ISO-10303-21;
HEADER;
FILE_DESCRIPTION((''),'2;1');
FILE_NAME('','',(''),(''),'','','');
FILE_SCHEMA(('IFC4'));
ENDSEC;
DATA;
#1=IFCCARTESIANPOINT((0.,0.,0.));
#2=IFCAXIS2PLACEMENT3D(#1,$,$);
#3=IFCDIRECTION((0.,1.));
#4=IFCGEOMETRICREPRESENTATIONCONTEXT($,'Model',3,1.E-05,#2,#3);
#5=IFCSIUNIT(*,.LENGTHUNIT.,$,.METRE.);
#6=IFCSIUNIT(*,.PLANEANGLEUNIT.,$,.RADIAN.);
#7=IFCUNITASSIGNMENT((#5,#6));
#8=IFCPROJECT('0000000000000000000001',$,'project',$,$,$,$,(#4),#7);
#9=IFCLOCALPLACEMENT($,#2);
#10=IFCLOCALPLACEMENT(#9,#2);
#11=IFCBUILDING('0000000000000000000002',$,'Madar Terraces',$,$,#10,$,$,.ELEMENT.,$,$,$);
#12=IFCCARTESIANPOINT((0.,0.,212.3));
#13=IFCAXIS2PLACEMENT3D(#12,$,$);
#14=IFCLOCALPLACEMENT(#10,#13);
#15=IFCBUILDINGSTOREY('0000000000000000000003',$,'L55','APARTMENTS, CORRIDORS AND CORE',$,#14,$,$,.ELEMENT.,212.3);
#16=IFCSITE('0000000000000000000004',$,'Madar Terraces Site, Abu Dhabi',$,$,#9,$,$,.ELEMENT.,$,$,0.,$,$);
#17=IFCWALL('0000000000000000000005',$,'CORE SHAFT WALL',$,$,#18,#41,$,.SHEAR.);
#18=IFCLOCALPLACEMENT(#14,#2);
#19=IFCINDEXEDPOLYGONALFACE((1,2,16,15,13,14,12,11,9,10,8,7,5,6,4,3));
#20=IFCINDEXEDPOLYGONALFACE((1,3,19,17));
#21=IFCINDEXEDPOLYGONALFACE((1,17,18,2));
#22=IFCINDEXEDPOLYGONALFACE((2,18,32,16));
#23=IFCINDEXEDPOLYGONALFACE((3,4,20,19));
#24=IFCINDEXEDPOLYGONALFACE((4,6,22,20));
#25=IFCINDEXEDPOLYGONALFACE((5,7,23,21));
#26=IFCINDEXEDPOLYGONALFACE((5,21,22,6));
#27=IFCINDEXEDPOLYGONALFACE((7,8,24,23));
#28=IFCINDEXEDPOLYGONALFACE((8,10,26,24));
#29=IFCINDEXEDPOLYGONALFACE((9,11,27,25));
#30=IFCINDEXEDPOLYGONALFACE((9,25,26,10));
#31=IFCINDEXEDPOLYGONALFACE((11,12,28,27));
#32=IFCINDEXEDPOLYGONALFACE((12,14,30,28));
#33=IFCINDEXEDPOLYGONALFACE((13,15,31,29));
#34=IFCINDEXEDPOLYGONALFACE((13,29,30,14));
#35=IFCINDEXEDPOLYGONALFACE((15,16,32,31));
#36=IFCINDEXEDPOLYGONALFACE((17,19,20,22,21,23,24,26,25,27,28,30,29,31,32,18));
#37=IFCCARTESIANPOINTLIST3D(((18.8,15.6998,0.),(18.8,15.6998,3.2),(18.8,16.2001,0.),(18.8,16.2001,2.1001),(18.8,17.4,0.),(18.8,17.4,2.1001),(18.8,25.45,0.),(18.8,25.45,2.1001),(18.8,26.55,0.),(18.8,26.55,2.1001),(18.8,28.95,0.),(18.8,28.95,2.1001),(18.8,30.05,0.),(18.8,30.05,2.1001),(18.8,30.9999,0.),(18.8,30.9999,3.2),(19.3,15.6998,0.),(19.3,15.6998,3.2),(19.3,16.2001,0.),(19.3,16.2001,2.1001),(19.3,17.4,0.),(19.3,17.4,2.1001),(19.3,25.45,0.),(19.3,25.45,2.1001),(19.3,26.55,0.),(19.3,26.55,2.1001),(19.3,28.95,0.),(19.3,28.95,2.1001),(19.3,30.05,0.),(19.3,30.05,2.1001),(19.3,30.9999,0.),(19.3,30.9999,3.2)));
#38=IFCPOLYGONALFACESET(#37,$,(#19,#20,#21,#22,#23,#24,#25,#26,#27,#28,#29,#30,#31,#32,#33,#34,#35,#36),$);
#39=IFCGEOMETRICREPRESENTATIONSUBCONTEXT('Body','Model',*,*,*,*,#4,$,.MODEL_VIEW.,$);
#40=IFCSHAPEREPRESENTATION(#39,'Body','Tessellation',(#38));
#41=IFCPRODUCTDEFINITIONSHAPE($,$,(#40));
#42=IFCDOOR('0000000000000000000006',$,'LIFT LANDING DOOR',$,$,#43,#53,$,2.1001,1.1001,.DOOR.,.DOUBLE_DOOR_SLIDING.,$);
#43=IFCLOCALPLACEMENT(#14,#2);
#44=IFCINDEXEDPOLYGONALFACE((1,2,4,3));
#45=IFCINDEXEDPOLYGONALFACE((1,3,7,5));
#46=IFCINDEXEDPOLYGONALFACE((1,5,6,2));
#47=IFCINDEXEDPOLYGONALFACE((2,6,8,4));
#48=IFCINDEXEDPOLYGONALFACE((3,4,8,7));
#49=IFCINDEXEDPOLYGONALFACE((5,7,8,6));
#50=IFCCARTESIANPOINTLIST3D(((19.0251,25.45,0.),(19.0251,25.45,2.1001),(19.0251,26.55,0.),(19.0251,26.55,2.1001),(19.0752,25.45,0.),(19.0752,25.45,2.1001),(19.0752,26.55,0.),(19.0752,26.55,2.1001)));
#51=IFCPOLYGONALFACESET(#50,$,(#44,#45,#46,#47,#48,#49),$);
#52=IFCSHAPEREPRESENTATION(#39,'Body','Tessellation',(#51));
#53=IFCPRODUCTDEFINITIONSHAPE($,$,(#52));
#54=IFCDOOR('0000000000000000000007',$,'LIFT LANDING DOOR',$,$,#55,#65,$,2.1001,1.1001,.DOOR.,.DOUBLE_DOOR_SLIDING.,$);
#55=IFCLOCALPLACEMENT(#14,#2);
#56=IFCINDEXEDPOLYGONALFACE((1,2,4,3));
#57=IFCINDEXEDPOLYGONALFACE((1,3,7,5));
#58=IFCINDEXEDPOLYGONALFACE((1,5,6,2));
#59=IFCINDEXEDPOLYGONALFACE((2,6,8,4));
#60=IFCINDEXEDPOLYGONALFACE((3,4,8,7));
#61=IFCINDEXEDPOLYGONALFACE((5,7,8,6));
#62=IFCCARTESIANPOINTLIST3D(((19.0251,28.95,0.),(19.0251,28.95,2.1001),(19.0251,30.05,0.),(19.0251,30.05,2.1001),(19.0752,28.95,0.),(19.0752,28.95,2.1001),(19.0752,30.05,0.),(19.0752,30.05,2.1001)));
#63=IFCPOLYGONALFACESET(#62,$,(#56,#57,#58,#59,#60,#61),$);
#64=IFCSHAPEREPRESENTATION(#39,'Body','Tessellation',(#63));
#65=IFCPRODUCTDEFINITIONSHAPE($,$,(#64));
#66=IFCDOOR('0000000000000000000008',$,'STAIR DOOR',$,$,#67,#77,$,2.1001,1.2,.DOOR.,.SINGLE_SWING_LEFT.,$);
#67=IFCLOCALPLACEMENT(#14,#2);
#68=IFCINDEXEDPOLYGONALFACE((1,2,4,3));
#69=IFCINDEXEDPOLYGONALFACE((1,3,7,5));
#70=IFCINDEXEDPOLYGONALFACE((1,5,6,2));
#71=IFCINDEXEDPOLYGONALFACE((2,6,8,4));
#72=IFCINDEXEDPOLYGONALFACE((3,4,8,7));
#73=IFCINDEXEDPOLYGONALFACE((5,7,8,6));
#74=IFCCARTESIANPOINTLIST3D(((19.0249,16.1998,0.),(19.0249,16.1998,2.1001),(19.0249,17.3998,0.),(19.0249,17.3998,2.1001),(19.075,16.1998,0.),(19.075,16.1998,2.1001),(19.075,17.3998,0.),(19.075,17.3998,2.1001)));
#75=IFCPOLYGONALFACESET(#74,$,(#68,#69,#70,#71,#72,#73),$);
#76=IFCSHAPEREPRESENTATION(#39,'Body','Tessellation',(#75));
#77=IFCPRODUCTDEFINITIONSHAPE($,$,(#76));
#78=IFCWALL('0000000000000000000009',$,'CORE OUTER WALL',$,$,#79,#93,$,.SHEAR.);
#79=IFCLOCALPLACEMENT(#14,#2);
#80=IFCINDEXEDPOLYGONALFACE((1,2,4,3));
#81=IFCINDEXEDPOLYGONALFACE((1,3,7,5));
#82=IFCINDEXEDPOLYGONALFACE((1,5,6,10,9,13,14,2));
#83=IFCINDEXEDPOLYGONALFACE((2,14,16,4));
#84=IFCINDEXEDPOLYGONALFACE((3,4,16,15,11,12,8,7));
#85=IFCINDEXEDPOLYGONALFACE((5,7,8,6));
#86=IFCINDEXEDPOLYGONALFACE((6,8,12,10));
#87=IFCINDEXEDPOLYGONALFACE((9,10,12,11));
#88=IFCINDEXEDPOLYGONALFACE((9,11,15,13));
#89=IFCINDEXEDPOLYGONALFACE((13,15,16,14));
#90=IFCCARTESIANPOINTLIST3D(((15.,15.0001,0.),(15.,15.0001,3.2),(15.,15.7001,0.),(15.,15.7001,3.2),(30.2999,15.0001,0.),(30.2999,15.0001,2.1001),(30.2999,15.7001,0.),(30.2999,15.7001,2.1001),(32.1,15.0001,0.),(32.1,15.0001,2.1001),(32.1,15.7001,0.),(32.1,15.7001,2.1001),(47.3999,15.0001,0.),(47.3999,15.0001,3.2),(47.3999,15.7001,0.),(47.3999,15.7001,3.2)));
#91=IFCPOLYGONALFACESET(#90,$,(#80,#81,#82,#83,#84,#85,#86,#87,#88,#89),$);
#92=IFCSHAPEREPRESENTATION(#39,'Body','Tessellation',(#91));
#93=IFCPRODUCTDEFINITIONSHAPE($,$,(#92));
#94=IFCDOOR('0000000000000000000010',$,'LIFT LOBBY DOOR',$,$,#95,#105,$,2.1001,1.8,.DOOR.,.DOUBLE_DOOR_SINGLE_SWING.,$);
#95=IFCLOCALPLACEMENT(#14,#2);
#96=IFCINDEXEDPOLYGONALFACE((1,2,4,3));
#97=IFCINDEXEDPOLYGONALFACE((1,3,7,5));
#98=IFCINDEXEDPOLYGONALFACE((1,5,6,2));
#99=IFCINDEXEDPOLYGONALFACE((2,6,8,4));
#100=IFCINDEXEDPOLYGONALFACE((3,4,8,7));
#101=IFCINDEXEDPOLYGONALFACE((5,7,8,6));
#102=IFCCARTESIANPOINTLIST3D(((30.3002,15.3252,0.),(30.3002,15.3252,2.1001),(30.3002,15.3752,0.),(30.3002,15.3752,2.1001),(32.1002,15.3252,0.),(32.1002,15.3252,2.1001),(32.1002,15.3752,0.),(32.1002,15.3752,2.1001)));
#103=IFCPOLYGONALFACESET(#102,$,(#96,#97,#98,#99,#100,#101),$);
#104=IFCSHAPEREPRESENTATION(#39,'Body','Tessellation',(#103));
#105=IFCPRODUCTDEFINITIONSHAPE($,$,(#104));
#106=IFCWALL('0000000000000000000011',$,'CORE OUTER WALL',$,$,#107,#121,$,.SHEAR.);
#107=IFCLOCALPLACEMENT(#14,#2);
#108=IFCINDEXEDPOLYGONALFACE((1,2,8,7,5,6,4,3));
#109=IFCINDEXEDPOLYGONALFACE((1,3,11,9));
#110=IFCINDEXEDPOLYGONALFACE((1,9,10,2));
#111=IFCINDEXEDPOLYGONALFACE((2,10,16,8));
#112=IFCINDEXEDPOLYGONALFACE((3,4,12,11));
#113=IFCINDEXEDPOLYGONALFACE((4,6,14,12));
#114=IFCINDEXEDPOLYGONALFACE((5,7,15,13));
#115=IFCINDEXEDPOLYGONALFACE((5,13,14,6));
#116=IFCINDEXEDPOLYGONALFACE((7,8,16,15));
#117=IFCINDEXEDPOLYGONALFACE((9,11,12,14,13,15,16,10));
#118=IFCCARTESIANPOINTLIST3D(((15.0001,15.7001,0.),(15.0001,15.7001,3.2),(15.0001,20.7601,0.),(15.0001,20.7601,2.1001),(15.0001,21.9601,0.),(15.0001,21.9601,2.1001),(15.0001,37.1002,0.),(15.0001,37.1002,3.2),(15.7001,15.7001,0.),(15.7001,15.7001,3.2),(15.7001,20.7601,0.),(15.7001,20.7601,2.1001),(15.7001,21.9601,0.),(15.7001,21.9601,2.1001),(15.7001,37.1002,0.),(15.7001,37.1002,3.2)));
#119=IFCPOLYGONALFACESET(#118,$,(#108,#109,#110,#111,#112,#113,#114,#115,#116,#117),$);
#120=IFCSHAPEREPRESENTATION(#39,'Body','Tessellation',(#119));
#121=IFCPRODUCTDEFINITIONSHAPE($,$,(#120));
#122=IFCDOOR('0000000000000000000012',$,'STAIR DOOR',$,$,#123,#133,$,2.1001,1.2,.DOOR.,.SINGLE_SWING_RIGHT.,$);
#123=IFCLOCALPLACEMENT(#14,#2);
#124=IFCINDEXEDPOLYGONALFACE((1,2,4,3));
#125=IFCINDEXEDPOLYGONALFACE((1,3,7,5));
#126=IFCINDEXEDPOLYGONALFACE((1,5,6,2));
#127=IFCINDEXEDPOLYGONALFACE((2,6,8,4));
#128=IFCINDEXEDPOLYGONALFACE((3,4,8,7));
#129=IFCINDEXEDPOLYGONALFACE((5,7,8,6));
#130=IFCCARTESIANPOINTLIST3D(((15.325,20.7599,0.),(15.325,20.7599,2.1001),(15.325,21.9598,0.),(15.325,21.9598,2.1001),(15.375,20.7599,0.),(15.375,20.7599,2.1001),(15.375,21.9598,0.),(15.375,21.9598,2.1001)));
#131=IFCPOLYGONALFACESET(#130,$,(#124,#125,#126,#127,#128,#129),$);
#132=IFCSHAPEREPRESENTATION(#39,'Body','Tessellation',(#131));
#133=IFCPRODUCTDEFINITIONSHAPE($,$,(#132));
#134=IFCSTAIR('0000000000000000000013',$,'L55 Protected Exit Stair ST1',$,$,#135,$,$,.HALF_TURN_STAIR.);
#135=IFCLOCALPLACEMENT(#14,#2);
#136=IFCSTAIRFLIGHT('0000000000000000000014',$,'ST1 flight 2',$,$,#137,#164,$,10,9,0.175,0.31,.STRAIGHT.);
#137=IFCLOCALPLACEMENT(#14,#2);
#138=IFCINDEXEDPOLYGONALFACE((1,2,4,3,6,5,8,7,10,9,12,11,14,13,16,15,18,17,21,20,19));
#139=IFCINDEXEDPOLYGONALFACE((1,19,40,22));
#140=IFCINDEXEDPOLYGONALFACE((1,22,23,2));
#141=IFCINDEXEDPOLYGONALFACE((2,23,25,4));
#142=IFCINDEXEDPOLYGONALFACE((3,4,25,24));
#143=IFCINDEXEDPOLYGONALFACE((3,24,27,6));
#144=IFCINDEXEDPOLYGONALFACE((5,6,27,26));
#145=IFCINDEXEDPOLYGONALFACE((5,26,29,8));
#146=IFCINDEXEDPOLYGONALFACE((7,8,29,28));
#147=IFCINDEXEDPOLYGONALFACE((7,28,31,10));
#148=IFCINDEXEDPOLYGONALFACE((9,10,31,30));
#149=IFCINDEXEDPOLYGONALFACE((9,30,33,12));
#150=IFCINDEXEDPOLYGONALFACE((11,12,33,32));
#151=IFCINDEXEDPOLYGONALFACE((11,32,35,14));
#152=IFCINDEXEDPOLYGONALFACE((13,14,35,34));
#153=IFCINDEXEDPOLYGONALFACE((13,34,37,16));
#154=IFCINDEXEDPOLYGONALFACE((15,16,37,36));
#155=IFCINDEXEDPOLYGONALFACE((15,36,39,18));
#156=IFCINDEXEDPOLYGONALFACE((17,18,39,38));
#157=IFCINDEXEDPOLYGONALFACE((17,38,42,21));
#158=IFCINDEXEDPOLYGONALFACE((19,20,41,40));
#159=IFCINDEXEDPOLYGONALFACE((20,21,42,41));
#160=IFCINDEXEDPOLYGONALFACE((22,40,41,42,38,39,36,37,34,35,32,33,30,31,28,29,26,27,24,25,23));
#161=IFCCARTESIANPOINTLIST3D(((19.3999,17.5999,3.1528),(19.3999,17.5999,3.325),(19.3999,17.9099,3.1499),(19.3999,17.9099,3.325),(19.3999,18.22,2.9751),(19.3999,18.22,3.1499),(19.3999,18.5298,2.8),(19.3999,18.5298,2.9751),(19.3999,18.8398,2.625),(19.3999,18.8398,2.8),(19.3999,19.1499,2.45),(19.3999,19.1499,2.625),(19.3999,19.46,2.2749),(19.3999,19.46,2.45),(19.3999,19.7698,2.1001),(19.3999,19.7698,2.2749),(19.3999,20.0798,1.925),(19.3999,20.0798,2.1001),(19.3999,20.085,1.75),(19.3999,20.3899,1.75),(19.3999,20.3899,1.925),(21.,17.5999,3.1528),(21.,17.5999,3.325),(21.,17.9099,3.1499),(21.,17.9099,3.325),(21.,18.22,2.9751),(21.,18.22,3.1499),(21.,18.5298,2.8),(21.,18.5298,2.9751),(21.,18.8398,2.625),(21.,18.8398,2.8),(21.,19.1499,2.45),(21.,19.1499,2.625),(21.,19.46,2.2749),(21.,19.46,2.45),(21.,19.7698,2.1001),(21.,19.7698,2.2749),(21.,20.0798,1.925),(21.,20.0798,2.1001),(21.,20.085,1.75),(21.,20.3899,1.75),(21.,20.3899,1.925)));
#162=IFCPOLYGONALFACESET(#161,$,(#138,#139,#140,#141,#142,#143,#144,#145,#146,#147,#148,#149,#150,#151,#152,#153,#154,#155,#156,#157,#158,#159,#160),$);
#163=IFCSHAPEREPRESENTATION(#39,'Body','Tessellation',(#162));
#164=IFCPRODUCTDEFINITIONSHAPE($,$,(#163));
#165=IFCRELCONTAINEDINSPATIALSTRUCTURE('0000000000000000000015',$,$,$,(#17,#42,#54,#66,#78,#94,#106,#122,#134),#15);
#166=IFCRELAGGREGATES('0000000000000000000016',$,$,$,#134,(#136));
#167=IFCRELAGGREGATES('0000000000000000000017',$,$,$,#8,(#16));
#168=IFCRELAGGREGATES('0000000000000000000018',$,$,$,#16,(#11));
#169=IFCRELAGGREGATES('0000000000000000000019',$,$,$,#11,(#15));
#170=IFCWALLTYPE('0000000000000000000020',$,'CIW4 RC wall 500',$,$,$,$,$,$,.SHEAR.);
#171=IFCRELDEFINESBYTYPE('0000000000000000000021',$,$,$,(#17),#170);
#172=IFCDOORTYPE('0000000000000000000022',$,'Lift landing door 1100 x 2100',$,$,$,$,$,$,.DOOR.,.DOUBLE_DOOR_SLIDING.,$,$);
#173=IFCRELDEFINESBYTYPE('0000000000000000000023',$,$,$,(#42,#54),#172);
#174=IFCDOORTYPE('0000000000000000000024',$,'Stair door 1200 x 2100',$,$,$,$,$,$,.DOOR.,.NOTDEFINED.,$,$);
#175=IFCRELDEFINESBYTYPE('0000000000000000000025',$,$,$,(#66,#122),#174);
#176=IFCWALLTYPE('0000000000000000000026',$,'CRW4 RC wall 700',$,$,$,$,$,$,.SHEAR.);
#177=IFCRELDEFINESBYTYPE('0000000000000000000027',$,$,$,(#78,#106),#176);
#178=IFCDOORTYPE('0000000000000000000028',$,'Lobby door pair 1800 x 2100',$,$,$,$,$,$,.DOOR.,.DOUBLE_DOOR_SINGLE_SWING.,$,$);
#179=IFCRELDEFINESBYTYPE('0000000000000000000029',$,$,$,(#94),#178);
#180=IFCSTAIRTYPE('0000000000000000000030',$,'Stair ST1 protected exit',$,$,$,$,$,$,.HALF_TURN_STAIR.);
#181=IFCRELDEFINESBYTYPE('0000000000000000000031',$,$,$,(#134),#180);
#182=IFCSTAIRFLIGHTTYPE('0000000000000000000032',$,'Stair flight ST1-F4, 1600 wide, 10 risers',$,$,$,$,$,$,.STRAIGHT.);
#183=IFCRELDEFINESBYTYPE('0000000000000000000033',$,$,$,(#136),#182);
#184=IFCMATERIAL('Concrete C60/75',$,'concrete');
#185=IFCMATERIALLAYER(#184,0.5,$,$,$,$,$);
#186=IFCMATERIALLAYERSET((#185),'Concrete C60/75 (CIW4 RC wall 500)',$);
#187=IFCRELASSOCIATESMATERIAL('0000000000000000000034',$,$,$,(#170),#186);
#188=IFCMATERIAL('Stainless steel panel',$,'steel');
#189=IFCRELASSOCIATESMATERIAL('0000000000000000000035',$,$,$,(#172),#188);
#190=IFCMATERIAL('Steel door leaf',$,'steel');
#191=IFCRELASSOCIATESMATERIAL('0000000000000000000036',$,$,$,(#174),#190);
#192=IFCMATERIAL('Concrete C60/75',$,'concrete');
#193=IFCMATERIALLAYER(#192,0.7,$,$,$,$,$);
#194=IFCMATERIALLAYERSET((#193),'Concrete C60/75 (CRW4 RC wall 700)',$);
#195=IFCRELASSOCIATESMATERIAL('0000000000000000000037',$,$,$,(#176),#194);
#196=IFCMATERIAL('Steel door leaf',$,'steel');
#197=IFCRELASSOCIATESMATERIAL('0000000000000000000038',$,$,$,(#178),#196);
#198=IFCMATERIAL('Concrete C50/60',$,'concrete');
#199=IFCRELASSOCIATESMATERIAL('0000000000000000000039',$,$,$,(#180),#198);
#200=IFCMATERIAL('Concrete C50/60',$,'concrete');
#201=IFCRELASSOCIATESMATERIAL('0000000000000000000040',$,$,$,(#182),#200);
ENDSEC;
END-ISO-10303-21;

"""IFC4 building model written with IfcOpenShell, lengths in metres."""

from ifc_helpers import new_model, si_unit, direction, frame, frame_2d, origin, place, context, subcontext, project, spatial, polyline, rectangle, outline, extrude, material, layer, layer_set, type_object, element, fill, aggregate, save


model = new_model("IFC4")

# Units and contexts
model_context = context("Model", 3, precision=1e-05, world=origin(), true_north=direction((0.0, 1.0)))
body_context = subcontext(model_context, "Body", "Model", "MODEL_VIEW")
ifc_project = project(units=[si_unit("LENGTHUNIT", "METRE"), si_unit("PLANEANGLEUNIT", "RADIAN")], contexts=[model_context])

# Site, building, storey
site_placement = place(None, origin())
site = spatial("IfcSite", under=ifc_project, at=site_placement, Name="Madar Terraces Site, Abu Dhabi", CompositionType="ELEMENT", RefElevation=0.0)
building_placement = place(site_placement, origin())
building = spatial("IfcBuilding", under=site, at=building_placement, Name="Madar Terraces", CompositionType="ELEMENT")
storey_placement = place(building_placement, frame((0.0, 0.0, 212.3)))
storey = spatial("IfcBuildingStorey", under=building, at=storey_placement, Name="L55", Description="APARTMENTS, CORRIDORS AND CORE", CompositionType="ELEMENT", Elevation=212.3)

# Wall, openings, doors
ifc_material_1 = material(Name="Concrete C60/75", Category="concrete")
ifc_layer_1 = layer(ifc_material_1, 0.5)
ifc_layer_set_1 = layer_set([ifc_layer_1], Name="Concrete C60/75 (CIW4 RC wall 500)")
wall_type_1 = type_object("IfcWallType", Name="CIW4 RC wall 500", PredefinedType="SHEAR", material=ifc_layer_set_1)
wall_1_placement = place(storey_placement, frame((19.05, 15.7, 0.0), z_axis=(0.0, 0.0, 1.0), x_axis=(0.0, 1.0, 0.0)))
wall_1 = element("IfcWall", 1, at=wall_1_placement, inside=storey, type_object=wall_type_1, Name="CORE SHAFT WALL", PredefinedType="SHEAR", context=body_context, shape_type="SweptSolid", body=[
    extrude(rectangle(XDim=15.3, YDim=0.5, at=frame_2d((7.6499, 0.0))), origin(), (0.0, 0.0, 1.0), 3.2),
])
opening_1_placement = place(wall_1_placement, frame((9.75, 0.0, 0.0)))
opening_1 = element("IfcOpeningElement", 2, at=opening_1_placement, cuts=wall_1, PredefinedType="OPENING", context=body_context, shape_type="SweptSolid", body=[
    extrude(rectangle(XDim=1.1001, YDim=2.1001, at=frame_2d((0.55, 1.05))), frame((0.0, 0.26, 0.0), z_axis=(0.0, -1.0, 0.0), x_axis=(1.0, 0.0, 0.0)), (0.0, 0.0, 1.0), 0.52),
])
opening_2_placement = place(wall_1_placement, frame((13.25, 0.0, 0.0)))
opening_2 = element("IfcOpeningElement", 3, at=opening_2_placement, cuts=wall_1, PredefinedType="OPENING", context=body_context, shape_type="SweptSolid", body=[
    extrude(rectangle(XDim=1.1001, YDim=2.1001, at=frame_2d((0.55, 1.05))), frame((0.0, 0.26, 0.0), z_axis=(0.0, -1.0, 0.0), x_axis=(1.0, 0.0, 0.0)), (0.0, 0.0, 1.0), 0.52),
])
opening_3_placement = place(wall_1_placement, frame((0.5, 0.0, 0.0)))
opening_3 = element("IfcOpeningElement", 4, at=opening_3_placement, cuts=wall_1, PredefinedType="OPENING", context=body_context, shape_type="SweptSolid", body=[
    extrude(rectangle(XDim=1.2, YDim=2.1001, at=frame_2d((0.6001, 1.05))), frame((0.0, 0.26, 0.0), z_axis=(0.0, -1.0, 0.0), x_axis=(1.0, 0.0, 0.0)), (0.0, 0.0, 1.0), 0.52),
])
ifc_material_2 = material(Name="Stainless steel panel", Category="steel")
door_type_1 = type_object("IfcDoorType", Name="Lift landing door 1100 x 2100", OperationType="DOUBLE_DOOR_SLIDING", PredefinedType="DOOR", material=ifc_material_2)
door_1_placement = place(opening_1_placement, origin())
door_1 = element("IfcDoor", 5, at=door_1_placement, inside=storey, type_object=door_type_1, Name="LIFT LANDING DOOR", OperationType="DOUBLE_DOOR_SLIDING", OverallHeight=2.1001, OverallWidth=1.1001, PredefinedType="DOOR", context=body_context, shape_type="SweptSolid", body=[
    extrude(rectangle(XDim=1.1001, YDim=2.1001, at=frame_2d((0.55, 1.05))), frame((0.0, 0.0249, 0.0), z_axis=(0.0, -1.0, 0.0), x_axis=(1.0, 0.0, 0.0)), (0.0, 0.0, 1.0), 0.05),
])
fill(opening_1, door_1)
door_2_placement = place(opening_2_placement, origin())
door_2 = element("IfcDoor", 6, at=door_2_placement, inside=storey, type_object=door_type_1, Name="LIFT LANDING DOOR", OperationType="DOUBLE_DOOR_SLIDING", OverallHeight=2.1001, OverallWidth=1.1001, PredefinedType="DOOR", context=body_context, shape_type="SweptSolid", body=[
    extrude(rectangle(XDim=1.1001, YDim=2.1001, at=frame_2d((0.55, 1.05))), frame((0.0, 0.0249, 0.0), z_axis=(0.0, -1.0, 0.0), x_axis=(1.0, 0.0, 0.0)), (0.0, 0.0, 1.0), 0.05),
])
fill(opening_2, door_2)
ifc_material_3 = material(Name="Steel door leaf", Category="steel")
door_type_2 = type_object("IfcDoorType", Name="Stair door 1200 x 2100", OperationType="NOTDEFINED", PredefinedType="DOOR", material=ifc_material_3)
door_3_placement = place(opening_3_placement, frame((1.2, 0.0, 0.0), z_axis=(0.0, 0.0, 1.0), x_axis=(-1.0, 0.0, 0.0)))
door_3 = element("IfcDoor", 7, at=door_3_placement, inside=storey, type_object=door_type_2, Name="STAIR DOOR", OperationType="SINGLE_SWING_LEFT", OverallHeight=2.1001, OverallWidth=1.2, PredefinedType="DOOR", context=body_context, shape_type="SweptSolid", body=[
    extrude(rectangle(XDim=1.2, YDim=2.1001, at=frame_2d((0.6001, 1.05))), frame((0.0, 0.0249, 0.0), z_axis=(0.0, -1.0, 0.0), x_axis=(1.0, 0.0, 0.0)), (0.0, 0.0, 1.0), 0.05),
])
fill(opening_3, door_3)

# Walls, openings, doors
ifc_material_4 = material(Name="Concrete C60/75", Category="concrete")
ifc_layer_2 = layer(ifc_material_4, 0.7)
ifc_layer_set_2 = layer_set([ifc_layer_2], Name="Concrete C60/75 (CRW4 RC wall 700)")
wall_type_2 = type_object("IfcWallType", Name="CRW4 RC wall 700", PredefinedType="SHEAR", material=ifc_layer_set_2)
wall_2_placement = place(storey_placement, frame((15.0, 15.3501, 0.0), z_axis=(0.0, 0.0, 1.0), x_axis=(1.0, 0.0, 0.0)))
wall_2 = element("IfcWall", 8, at=wall_2_placement, inside=storey, type_object=wall_type_2, Name="CORE OUTER WALL", PredefinedType="SHEAR", context=body_context, shape_type="SweptSolid", body=[
    extrude(rectangle(XDim=32.3999, YDim=0.7, at=frame_2d((16.2, 0.0))), origin(), (0.0, 0.0, 1.0), 3.2),
])
opening_4_placement = place(wall_2_placement, frame((15.3, 0.0, 0.0)))
opening_4 = element("IfcOpeningElement", 9, at=opening_4_placement, cuts=wall_2, PredefinedType="OPENING", context=body_context, shape_type="SweptSolid", body=[
    extrude(rectangle(XDim=1.8, YDim=2.1001, at=frame_2d((0.8999, 1.05))), frame((0.0, 0.3599, 0.0), z_axis=(0.0, -1.0, 0.0), x_axis=(1.0, 0.0, 0.0)), (0.0, 0.0, 1.0), 0.72),
])
ifc_material_5 = material(Name="Steel door leaf", Category="steel")
door_type_3 = type_object("IfcDoorType", Name="Lobby door pair 1800 x 2100", OperationType="DOUBLE_DOOR_SINGLE_SWING", PredefinedType="DOOR", material=ifc_material_5)
door_4_placement = place(opening_4_placement, frame((1.8, 0.0, 0.0), z_axis=(0.0, 0.0, 1.0), x_axis=(-1.0, 0.0, 0.0)))
door_4 = element("IfcDoor", 10, at=door_4_placement, inside=storey, type_object=door_type_3, Name="LIFT LOBBY DOOR", OperationType="DOUBLE_DOOR_SINGLE_SWING", OverallHeight=2.1001, OverallWidth=1.8, PredefinedType="DOOR", context=body_context, shape_type="SweptSolid", body=[
    extrude(rectangle(XDim=1.8, YDim=2.1001, at=frame_2d((0.8999, 1.05))), frame((0.0, 0.0249, 0.0), z_axis=(0.0, -1.0, 0.0), x_axis=(1.0, 0.0, 0.0)), (0.0, 0.0, 1.0), 0.05),
])
fill(opening_4, door_4)
wall_3_placement = place(storey_placement, frame((15.3501, 15.7, 0.0), z_axis=(0.0, 0.0, 1.0), x_axis=(0.0, 1.0, 0.0)))
wall_3 = element("IfcWall", 11, at=wall_3_placement, inside=storey, type_object=wall_type_2, Name="CORE OUTER WALL", PredefinedType="SHEAR", context=body_context, shape_type="SweptSolid", body=[
    extrude(rectangle(XDim=21.4001, YDim=0.7, at=frame_2d((10.7002, 0.0))), origin(), (0.0, 0.0, 1.0), 3.2),
])
opening_5_placement = place(wall_3_placement, frame((5.0601, 0.0, 0.0)))
opening_5 = element("IfcOpeningElement", 12, at=opening_5_placement, cuts=wall_3, PredefinedType="OPENING", context=body_context, shape_type="SweptSolid", body=[
    extrude(rectangle(XDim=1.2, YDim=2.1001, at=frame_2d((0.6001, 1.05))), frame((0.0, 0.3599, 0.0), z_axis=(0.0, -1.0, 0.0), x_axis=(1.0, 0.0, 0.0)), (0.0, 0.0, 1.0), 0.72),
])
door_5_placement = place(opening_5_placement, frame((1.2, 0.0, 0.0), z_axis=(0.0, 0.0, 1.0), x_axis=(-1.0, 0.0, 0.0)))
door_5 = element("IfcDoor", 13, at=door_5_placement, inside=storey, type_object=door_type_2, Name="STAIR DOOR", OperationType="SINGLE_SWING_RIGHT", OverallHeight=2.1001, OverallWidth=1.2, PredefinedType="DOOR", context=body_context, shape_type="SweptSolid", body=[
    extrude(rectangle(XDim=1.2, YDim=2.1001, at=frame_2d((0.6001, 1.05))), frame((0.0, 0.0249, 0.0), z_axis=(0.0, -1.0, 0.0), x_axis=(1.0, 0.0, 0.0)), (0.0, 0.0, 1.0), 0.05),
])
fill(opening_5, door_5)

# Stair, stair flight
ifc_material_6 = material(Name="Concrete C50/60", Category="concrete")
stair_type = type_object("IfcStairType", Name="Stair ST1 protected exit", PredefinedType="HALF_TURN_STAIR", material=ifc_material_6)
stair_placement = place(storey_placement, origin())
stair = element("IfcStair", 14, at=stair_placement, inside=storey, type_object=stair_type, Name="L55 Protected Exit Stair ST1", PredefinedType="HALF_TURN_STAIR")
ifc_material_7 = material(Name="Concrete C50/60", Category="concrete")
stair_flight_type = type_object("IfcStairFlightType", Name="Stair flight ST1-F4, 1600 wide, 10 risers", PredefinedType="STRAIGHT", material=ifc_material_7)
stair_flight_placement = place(storey_placement, frame((20.2, 20.3899, 1.75), z_axis=(0.0, 0.0, 1.0), x_axis=(0.0, -1.0, 0.0)))
stair_flight = element("IfcStairFlight", 15, at=stair_flight_placement, type_object=stair_flight_type, Name="ST1 flight 2", NumberOfRisers=10, NumberOfTreads=9, PredefinedType="STRAIGHT", RiserHeight=0.175, TreadLength=0.31, context=body_context, shape_type="SweptSolid", body=[
    extrude(outline(polyline([(0.0, 0.0), (0.0, 0.175), (0.3101, 0.175), (0.3101, 0.3501), (0.6201, 0.3501), (0.6201, 0.5249), (0.9299, 0.5249), (0.9299, 0.7), (1.24, 0.7), (1.24, 0.875), (1.55, 0.875), (1.55, 1.05), (1.8601, 1.05), (1.8601, 1.2251), (2.1699, 1.2251), (2.1699, 1.3999), (2.48, 1.3999), (2.48, 1.575), (2.79, 1.575), (2.79, 1.75), (2.79, 1.4028), (0.3049, 0.0), (0.0, 0.0)])), frame((0.0, 0.8, 0.0), z_axis=(0.0, -1.0, 0.0), x_axis=(1.0, 0.0, 0.0)), (0.0, 0.0, 1.0), 1.6001),
])
aggregate(stair, [stair_flight])

save(model, "model.ifc")
